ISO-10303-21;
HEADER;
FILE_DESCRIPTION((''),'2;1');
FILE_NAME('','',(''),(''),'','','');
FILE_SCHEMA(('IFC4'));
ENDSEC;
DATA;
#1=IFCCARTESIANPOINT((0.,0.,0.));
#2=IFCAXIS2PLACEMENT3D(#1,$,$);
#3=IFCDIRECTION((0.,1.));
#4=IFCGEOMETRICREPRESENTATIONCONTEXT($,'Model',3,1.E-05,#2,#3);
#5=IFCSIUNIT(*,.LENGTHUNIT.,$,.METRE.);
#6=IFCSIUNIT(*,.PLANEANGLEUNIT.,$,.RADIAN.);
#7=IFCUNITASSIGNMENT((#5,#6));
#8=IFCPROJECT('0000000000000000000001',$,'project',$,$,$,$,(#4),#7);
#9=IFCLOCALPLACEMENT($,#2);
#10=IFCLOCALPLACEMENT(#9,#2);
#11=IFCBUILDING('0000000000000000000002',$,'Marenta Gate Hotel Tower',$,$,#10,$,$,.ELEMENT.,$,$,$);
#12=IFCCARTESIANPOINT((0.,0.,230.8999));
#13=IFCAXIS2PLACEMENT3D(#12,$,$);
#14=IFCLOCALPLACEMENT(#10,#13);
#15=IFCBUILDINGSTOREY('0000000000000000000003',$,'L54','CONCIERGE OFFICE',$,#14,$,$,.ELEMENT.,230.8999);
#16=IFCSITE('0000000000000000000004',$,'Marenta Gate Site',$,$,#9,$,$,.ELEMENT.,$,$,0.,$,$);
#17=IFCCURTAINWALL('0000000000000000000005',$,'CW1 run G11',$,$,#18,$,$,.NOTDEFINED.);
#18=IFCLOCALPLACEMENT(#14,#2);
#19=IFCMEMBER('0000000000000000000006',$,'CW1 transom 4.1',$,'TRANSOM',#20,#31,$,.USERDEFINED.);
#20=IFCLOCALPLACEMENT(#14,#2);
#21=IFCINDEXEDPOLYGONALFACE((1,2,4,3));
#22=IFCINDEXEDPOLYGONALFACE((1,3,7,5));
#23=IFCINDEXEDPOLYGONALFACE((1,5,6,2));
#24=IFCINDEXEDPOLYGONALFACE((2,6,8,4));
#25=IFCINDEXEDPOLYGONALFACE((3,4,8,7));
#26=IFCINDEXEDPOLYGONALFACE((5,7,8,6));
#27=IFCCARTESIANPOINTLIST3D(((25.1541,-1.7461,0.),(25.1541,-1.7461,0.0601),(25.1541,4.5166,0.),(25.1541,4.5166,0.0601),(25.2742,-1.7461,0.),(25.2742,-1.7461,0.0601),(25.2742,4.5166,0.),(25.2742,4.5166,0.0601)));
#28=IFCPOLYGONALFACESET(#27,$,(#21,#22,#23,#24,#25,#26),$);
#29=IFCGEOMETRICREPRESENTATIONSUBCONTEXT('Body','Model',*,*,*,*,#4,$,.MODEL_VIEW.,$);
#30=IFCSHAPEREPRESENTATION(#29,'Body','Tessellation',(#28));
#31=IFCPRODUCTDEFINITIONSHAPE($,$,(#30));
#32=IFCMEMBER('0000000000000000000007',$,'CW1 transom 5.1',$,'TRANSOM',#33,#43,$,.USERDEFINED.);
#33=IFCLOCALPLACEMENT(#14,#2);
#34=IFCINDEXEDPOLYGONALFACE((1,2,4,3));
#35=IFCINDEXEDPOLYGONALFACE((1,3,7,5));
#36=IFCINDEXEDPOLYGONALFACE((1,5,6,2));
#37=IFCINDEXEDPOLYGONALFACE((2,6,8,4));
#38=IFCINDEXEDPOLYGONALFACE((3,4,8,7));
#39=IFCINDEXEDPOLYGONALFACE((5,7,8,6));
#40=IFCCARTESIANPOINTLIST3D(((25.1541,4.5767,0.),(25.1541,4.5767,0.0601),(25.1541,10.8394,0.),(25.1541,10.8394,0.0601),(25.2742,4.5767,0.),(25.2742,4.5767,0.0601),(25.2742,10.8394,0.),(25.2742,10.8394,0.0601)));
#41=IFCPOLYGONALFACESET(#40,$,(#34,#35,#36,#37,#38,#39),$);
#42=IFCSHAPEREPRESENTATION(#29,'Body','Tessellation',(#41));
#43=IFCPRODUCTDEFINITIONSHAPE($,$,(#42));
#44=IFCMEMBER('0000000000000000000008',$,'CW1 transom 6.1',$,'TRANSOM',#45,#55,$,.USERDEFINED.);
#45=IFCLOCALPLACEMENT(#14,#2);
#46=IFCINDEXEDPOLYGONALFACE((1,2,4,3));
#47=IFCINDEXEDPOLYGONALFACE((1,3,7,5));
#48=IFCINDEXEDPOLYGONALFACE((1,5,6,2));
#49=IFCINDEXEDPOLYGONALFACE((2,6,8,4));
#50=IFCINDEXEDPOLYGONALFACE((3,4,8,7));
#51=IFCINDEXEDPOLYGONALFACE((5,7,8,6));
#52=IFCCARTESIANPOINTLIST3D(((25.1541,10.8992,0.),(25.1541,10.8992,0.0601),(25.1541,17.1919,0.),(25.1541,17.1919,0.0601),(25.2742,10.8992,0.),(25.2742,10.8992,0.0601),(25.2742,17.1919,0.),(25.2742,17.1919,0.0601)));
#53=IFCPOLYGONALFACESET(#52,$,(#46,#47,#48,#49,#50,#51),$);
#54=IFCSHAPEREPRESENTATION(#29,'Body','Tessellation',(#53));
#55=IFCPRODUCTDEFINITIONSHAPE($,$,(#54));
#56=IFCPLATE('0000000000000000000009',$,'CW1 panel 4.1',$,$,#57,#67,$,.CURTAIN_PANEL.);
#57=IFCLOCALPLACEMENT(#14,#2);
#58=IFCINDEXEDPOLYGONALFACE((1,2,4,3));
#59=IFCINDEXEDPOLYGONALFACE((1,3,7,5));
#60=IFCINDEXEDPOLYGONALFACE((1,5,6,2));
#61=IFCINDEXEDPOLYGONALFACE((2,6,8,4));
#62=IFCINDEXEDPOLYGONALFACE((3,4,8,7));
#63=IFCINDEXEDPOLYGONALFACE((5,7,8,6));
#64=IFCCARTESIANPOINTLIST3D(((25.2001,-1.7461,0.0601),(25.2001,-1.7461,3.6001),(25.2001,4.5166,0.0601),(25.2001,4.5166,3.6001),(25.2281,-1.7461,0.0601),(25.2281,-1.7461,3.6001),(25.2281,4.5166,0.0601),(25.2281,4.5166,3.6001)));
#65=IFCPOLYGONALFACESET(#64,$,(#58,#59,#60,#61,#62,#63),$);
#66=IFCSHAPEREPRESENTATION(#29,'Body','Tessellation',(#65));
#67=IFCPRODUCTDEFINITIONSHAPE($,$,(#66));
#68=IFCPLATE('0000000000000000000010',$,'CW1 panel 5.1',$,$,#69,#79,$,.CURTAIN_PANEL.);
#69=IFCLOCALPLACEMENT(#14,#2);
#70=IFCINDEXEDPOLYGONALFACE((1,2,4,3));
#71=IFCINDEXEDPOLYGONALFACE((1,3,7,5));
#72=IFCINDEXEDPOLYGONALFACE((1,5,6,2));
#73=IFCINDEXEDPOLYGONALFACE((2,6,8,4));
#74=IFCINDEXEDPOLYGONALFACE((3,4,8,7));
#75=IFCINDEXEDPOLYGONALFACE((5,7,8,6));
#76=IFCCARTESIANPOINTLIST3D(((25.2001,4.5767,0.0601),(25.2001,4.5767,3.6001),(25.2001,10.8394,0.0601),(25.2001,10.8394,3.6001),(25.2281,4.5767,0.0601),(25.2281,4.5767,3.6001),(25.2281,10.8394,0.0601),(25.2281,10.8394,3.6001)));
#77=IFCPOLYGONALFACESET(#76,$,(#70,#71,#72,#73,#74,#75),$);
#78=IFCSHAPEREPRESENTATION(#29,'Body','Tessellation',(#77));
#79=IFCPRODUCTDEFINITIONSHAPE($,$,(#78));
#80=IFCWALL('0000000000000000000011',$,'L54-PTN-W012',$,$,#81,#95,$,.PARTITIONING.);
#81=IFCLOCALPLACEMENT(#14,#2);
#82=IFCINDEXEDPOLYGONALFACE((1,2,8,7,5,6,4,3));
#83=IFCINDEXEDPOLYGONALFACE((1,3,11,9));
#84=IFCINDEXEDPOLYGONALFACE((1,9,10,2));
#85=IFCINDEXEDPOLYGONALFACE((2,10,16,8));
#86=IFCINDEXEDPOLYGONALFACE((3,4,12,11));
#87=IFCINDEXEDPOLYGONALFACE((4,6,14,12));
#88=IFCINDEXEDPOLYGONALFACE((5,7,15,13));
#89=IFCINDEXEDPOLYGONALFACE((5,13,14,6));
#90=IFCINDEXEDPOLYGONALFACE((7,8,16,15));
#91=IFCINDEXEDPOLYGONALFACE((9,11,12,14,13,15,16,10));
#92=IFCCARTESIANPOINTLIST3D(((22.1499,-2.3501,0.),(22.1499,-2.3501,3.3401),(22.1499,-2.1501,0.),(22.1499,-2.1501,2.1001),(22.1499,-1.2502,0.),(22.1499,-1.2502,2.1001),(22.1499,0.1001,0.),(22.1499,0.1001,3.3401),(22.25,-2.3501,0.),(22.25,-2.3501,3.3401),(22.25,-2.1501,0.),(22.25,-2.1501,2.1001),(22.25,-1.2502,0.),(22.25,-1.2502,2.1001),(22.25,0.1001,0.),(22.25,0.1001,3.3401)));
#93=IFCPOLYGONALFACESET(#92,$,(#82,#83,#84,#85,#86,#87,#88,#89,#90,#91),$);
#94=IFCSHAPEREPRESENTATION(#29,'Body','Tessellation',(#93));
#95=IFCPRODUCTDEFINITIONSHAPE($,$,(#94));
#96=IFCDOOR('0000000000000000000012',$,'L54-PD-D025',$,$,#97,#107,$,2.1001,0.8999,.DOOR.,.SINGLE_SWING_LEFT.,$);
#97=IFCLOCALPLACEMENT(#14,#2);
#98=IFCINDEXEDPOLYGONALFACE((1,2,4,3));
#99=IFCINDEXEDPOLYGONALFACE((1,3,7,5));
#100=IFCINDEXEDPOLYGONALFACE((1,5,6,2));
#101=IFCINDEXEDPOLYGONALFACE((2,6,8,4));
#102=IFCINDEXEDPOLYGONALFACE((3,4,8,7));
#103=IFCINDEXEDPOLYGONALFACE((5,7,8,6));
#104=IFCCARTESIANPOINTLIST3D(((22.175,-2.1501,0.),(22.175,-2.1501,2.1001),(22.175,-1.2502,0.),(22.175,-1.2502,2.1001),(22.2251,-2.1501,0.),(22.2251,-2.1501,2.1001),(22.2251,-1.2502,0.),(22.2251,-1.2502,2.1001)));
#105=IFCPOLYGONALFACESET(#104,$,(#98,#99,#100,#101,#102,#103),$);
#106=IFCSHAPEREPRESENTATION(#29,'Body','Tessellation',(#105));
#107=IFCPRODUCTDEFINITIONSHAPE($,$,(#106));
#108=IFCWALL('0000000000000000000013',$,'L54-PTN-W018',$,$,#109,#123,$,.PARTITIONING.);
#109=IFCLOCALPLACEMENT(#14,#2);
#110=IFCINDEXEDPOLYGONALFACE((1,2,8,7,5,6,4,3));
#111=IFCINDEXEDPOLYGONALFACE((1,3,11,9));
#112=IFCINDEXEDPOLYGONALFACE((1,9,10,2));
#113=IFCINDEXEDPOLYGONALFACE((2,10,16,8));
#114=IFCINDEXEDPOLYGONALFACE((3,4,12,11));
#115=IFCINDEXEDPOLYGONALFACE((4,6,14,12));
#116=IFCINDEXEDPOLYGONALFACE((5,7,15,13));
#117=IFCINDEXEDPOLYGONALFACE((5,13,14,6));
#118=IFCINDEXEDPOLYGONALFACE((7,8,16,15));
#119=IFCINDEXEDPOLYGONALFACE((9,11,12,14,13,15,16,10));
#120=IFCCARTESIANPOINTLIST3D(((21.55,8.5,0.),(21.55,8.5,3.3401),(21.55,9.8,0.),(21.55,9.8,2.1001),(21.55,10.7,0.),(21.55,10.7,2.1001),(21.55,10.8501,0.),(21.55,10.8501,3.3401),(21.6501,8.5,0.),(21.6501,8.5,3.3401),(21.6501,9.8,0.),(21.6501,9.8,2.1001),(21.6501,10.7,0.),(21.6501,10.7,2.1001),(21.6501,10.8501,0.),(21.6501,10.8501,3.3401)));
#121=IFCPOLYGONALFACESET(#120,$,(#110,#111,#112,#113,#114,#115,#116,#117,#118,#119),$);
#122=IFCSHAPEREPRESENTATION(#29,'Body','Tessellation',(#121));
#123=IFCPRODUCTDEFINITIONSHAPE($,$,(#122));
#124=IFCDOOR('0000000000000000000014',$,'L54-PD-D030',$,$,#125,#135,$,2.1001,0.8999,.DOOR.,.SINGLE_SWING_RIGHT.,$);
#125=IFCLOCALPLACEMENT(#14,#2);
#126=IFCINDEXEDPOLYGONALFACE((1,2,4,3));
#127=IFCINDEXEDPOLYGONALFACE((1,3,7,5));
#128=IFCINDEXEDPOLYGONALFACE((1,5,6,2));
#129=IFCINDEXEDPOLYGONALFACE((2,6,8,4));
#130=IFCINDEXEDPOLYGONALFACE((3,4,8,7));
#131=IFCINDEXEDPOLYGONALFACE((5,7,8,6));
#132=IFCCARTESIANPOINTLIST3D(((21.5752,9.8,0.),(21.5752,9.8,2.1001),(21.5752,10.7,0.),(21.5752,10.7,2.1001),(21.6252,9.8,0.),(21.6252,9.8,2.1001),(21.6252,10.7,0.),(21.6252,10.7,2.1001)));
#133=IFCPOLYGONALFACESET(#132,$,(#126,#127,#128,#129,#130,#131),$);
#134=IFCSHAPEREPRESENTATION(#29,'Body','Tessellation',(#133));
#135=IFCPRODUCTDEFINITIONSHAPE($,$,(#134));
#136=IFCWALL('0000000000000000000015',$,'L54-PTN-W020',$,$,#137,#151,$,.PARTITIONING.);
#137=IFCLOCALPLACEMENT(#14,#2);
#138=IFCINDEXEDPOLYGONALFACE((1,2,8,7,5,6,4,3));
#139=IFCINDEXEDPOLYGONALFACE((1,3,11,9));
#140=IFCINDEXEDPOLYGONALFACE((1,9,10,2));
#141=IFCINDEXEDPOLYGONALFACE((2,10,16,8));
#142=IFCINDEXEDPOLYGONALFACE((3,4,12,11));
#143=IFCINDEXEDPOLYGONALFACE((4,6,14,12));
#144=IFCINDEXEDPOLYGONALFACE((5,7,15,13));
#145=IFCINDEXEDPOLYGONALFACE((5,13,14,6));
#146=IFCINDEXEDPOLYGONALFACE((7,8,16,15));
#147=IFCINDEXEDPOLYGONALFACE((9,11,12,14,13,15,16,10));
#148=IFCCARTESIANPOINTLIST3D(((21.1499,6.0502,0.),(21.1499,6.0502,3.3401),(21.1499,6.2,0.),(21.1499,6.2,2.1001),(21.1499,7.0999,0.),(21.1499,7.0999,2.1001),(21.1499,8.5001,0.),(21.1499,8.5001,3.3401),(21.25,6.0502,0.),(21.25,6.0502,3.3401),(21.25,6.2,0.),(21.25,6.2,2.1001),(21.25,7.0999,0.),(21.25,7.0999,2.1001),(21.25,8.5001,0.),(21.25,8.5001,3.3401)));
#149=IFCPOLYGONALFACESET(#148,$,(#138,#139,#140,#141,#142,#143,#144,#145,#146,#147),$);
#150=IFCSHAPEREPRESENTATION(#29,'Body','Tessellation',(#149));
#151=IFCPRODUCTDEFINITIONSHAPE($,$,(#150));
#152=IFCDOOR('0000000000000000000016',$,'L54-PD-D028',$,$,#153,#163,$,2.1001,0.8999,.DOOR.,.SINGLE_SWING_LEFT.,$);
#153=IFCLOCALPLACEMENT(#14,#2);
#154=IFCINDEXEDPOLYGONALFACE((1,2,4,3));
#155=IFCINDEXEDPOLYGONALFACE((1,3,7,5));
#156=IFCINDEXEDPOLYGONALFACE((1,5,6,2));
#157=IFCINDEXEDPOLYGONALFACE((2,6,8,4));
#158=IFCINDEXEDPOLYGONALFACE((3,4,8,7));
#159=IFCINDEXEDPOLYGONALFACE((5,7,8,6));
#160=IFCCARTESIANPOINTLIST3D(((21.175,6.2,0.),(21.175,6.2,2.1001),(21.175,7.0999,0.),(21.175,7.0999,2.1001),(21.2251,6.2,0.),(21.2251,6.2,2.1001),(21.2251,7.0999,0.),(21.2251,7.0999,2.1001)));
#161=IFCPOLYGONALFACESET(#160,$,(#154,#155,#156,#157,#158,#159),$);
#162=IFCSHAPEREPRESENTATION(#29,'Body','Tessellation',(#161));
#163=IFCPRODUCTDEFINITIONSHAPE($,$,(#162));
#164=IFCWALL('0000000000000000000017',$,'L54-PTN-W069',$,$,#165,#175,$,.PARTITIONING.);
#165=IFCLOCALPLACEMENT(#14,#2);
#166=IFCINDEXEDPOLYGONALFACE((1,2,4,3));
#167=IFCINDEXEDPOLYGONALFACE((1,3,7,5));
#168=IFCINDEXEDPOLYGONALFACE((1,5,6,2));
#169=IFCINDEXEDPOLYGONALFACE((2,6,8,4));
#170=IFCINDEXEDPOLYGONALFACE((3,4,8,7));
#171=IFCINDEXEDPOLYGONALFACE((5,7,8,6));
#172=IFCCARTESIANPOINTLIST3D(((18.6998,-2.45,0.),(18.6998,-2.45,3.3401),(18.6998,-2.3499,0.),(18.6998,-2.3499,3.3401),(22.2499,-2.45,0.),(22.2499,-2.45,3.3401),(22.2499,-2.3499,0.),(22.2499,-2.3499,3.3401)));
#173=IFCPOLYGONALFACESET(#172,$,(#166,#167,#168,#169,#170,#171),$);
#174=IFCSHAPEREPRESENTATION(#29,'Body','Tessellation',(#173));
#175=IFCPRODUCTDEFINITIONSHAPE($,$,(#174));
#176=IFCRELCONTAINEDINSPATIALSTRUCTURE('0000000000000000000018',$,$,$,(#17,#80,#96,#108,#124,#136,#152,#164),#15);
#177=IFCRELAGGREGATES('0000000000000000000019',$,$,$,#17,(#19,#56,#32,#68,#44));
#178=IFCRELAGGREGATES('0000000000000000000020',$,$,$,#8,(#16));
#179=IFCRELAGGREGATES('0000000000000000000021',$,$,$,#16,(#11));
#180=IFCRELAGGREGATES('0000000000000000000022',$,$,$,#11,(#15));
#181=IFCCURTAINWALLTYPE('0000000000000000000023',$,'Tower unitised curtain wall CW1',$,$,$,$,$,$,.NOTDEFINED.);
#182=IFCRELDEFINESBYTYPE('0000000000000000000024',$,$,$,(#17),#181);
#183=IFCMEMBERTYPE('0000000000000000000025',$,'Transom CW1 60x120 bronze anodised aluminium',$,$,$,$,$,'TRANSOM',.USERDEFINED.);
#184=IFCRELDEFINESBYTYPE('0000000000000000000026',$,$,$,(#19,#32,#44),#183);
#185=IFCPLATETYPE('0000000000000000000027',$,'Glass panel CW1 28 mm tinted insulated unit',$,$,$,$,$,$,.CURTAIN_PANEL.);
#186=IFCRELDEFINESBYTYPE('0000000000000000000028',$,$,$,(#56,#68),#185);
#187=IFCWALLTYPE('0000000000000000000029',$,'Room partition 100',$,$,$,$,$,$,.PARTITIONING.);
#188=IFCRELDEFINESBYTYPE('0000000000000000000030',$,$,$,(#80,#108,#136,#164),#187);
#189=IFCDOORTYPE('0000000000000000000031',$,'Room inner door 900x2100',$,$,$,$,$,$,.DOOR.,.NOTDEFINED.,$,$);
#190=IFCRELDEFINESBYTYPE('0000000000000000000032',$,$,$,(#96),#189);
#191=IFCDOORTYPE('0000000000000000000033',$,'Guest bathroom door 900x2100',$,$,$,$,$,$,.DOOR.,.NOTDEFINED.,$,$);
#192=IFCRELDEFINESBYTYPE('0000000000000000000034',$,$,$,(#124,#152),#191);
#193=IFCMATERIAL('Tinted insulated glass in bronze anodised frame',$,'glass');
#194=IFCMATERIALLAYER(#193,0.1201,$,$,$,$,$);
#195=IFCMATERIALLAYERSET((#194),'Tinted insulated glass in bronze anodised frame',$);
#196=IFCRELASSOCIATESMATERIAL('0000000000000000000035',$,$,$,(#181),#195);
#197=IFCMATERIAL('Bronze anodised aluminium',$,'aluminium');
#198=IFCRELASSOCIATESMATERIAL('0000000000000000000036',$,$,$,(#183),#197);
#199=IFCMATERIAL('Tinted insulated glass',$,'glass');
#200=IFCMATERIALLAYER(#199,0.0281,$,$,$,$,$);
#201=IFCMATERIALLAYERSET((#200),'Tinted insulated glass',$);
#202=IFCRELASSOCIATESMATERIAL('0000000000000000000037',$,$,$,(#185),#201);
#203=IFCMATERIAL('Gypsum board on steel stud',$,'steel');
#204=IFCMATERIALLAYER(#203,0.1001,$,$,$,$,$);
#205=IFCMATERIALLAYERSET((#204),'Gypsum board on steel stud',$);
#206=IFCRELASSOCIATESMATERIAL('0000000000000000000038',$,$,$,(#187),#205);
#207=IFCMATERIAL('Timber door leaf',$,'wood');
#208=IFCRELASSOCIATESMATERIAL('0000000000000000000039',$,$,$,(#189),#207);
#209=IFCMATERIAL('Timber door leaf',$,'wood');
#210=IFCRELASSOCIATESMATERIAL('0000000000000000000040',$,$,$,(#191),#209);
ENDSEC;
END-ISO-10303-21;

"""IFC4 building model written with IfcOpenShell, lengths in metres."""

from ifc_helpers import new_model, si_unit, direction, frame, frame_2d, origin, origin_2d, place, context, subcontext, project, spatial, rectangle, extrude, material, layer, layer_set, material_profile, profile_set, type_object, element, fill, aggregate, save


model = new_model("IFC4")

# Units and contexts
model_context = context("Model", 3, precision=1e-05, world=origin(), true_north=direction((0.0, 1.0)))
body_context = subcontext(model_context, "Body", "Model", "MODEL_VIEW")
ifc_project = project(units=[si_unit("LENGTHUNIT", "METRE"), si_unit("PLANEANGLEUNIT", "RADIAN")], contexts=[model_context])

# Site, building, storey
site_placement = place(None, origin())
site = spatial("IfcSite", under=ifc_project, at=site_placement, Name="Marenta Gate Site", CompositionType="ELEMENT", RefElevation=0.0)
building_placement = place(site_placement, origin())
building = spatial("IfcBuilding", under=site, at=building_placement, Name="Marenta Gate Hotel Tower", CompositionType="ELEMENT")
storey_placement = place(building_placement, frame((0.0, 0.0, 230.8999)))
storey = spatial("IfcBuildingStorey", under=building, at=storey_placement, Name="L54", Description="CONCIERGE OFFICE", CompositionType="ELEMENT", Elevation=230.8999)

# Curtain wall, members, plates
ifc_material_1 = material(Name="Tinted insulated glass in bronze anodised frame", Category="glass")
ifc_layer_1 = layer(ifc_material_1, 0.1201)
ifc_layer_set_1 = layer_set([ifc_layer_1], Name="Tinted insulated glass in bronze anodised frame")
curtain_wall_type = type_object("IfcCurtainWallType", Name="Tower unitised curtain wall CW1", PredefinedType="NOTDEFINED", material=ifc_layer_set_1)
curtain_wall_placement = place(storey_placement, origin())
curtain_wall = element("IfcCurtainWall", 1, at=curtain_wall_placement, inside=storey, type_object=curtain_wall_type, Name="CW1 run G11", PredefinedType="NOTDEFINED")
ifc_material_2 = material(Name="Bronze anodised aluminium", Category="aluminium")
ifc_material_profile_1 = material_profile(ifc_material_2, rectangle(XDim=0.1201, YDim=0.0601, at=origin_2d()), Name="Transom CW1 60x120 bronze anodised aluminium")
ifc_profile_set_1 = profile_set([ifc_material_profile_1], Name="Bronze anodised aluminium")
member_type_1 = type_object("IfcMemberType", Name="Transom CW1 60x120 bronze anodised aluminium", ElementType="TRANSOM", PredefinedType="USERDEFINED", material=ifc_profile_set_1)
member_1_placement = place(storey_placement, frame((25.2141, -1.7461, 0.03), z_axis=(0.0, 1.0, 0.0), x_axis=(-1.0, 0.0, 0.0)))
member_1 = element("IfcMember", 2, at=member_1_placement, type_object=member_type_1, Name="CW1 transom 4.1", ObjectType="TRANSOM", PredefinedType="USERDEFINED", context=body_context, shape_type="SweptSolid", body=[
    extrude(rectangle(XDim=0.1201, YDim=0.0601, at=origin_2d()), origin(), (0.0, 0.0, 1.0), 6.2627),
])
member_2_placement = place(storey_placement, frame((25.2141, 4.5767, 0.03), z_axis=(0.0, 1.0, 0.0), x_axis=(-1.0, 0.0, 0.0)))
member_2 = element("IfcMember", 3, at=member_2_placement, type_object=member_type_1, Name="CW1 transom 5.1", ObjectType="TRANSOM", PredefinedType="USERDEFINED", context=body_context, shape_type="SweptSolid", body=[
    extrude(rectangle(XDim=0.1201, YDim=0.0601, at=origin_2d()), origin(), (0.0, 0.0, 1.0), 6.2627),
])
member_3_placement = place(storey_placement, frame((25.2141, 10.8992, 0.03), z_axis=(0.0, 1.0, 0.0), x_axis=(-1.0, 0.0, 0.0)))
member_3 = element("IfcMember", 4, at=member_3_placement, type_object=member_type_1, Name="CW1 transom 6.1", ObjectType="TRANSOM", PredefinedType="USERDEFINED", context=body_context, shape_type="SweptSolid", body=[
    extrude(rectangle(XDim=0.1201, YDim=0.0601, at=origin_2d()), origin(), (0.0, 0.0, 1.0), 6.2927),
])
ifc_material_3 = material(Name="Tinted insulated glass", Category="glass")
ifc_layer_2 = layer(ifc_material_3, 0.0281)
ifc_layer_set_2 = layer_set([ifc_layer_2], Name="Tinted insulated glass")
plate_type = type_object("IfcPlateType", Name="Glass panel CW1 28 mm tinted insulated unit", PredefinedType="CURTAIN_PANEL", material=ifc_layer_set_2)
plate_1_placement = place(storey_placement, frame((25.2141, 1.3853, 0.0601), z_axis=(0.0, 0.0, 1.0), x_axis=(0.0, 1.0, 0.0)))
plate_1 = element("IfcPlate", 5, at=plate_1_placement, type_object=plate_type, Name="CW1 panel 4.1", PredefinedType="CURTAIN_PANEL", context=body_context, shape_type="SweptSolid", body=[
    extrude(rectangle(XDim=6.2627, YDim=0.0281, at=origin_2d()), origin(), (0.0, 0.0, 1.0), 3.54),
])
plate_2_placement = place(storey_placement, frame((25.2141, 7.708, 0.0601), z_axis=(0.0, 0.0, 1.0), x_axis=(0.0, 1.0, 0.0)))
plate_2 = element("IfcPlate", 6, at=plate_2_placement, type_object=plate_type, Name="CW1 panel 5.1", PredefinedType="CURTAIN_PANEL", context=body_context, shape_type="SweptSolid", body=[
    extrude(rectangle(XDim=6.2627, YDim=0.0281, at=origin_2d()), origin(), (0.0, 0.0, 1.0), 3.54),
])
aggregate(curtain_wall, [member_1, plate_1, member_2, plate_2, member_3])

# Walls, openings, doors
ifc_material_4 = material(Name="Gypsum board on steel stud", Category="steel")
ifc_layer_3 = layer(ifc_material_4, 0.1001)
ifc_layer_set_3 = layer_set([ifc_layer_3], Name="Gypsum board on steel stud")
wall_type_1 = type_object("IfcWallType", Name="Room partition 100", PredefinedType="PARTITIONING", material=ifc_layer_set_3)
wall_1_placement = place(storey_placement, frame((22.2, -2.3501, 0.0), z_axis=(0.0, 0.0, 1.0), x_axis=(0.0, 1.0, 0.0)))
wall_1 = element("IfcWall", 7, at=wall_1_placement, inside=storey, type_object=wall_type_1, Name="L54-PTN-W012", PredefinedType="PARTITIONING", context=body_context, shape_type="SweptSolid", body=[
    extrude(rectangle(XDim=2.4502, YDim=0.1001, at=frame_2d((1.2251, 0.0))), origin(), (0.0, 0.0, 1.0), 3.3401),
])
opening_1_placement = place(wall_1_placement, frame((0.2, 0.0, 0.0)))
opening_1 = element("IfcOpeningElement", 8, at=opening_1_placement, cuts=wall_1, PredefinedType="OPENING", context=body_context, shape_type="SweptSolid", body=[
    extrude(rectangle(XDim=0.8999, YDim=2.1001, at=frame_2d((0.45, 1.05))), frame((0.0, 0.05, 0.0), z_axis=(0.0, -1.0, 0.0), x_axis=(1.0, 0.0, 0.0)), (0.0, 0.0, 1.0), 0.1001),
])
ifc_material_5 = material(Name="Timber door leaf", Category="wood")
door_type_1 = type_object("IfcDoorType", Name="Room inner door 900x2100", OperationType="NOTDEFINED", PredefinedType="DOOR", material=ifc_material_5)
door_1_placement = place(opening_1_placement, origin())
door_1 = element("IfcDoor", 9, at=door_1_placement, inside=storey, type_object=door_type_1, Name="L54-PD-D025", OperationType="SINGLE_SWING_LEFT", OverallHeight=2.1001, OverallWidth=0.8999, PredefinedType="DOOR", context=body_context, shape_type="SweptSolid", body=[
    extrude(rectangle(XDim=0.8999, YDim=2.1001, at=frame_2d((0.45, 1.05))), frame((0.0, 0.0249, 0.0), z_axis=(0.0, -1.0, 0.0), x_axis=(1.0, 0.0, 0.0)), (0.0, 0.0, 1.0), 0.05),
])
fill(opening_1, door_1)
wall_2_placement = place(storey_placement, frame((21.6001, 8.5, 0.0), z_axis=(0.0, 0.0, 1.0), x_axis=(0.0, 1.0, 0.0)))
wall_2 = element("IfcWall", 10, at=wall_2_placement, inside=storey, type_object=wall_type_1, Name="L54-PTN-W018", PredefinedType="PARTITIONING", context=body_context, shape_type="SweptSolid", body=[
    extrude(rectangle(XDim=2.3501, YDim=0.1001, at=frame_2d((1.175, 0.0))), origin(), (0.0, 0.0, 1.0), 3.3401),
])
opening_2_placement = place(wall_2_placement, frame((1.3, 0.0, 0.0)))
opening_2 = element("IfcOpeningElement", 11, at=opening_2_placement, cuts=wall_2, PredefinedType="OPENING", context=body_context, shape_type="SweptSolid", body=[
    extrude(rectangle(XDim=0.8999, YDim=2.1001, at=frame_2d((0.45, 1.05))), frame((0.0, 0.05, 0.0), z_axis=(0.0, -1.0, 0.0), x_axis=(1.0, 0.0, 0.0)), (0.0, 0.0, 1.0), 0.1001),
])
ifc_material_6 = material(Name="Timber door leaf", Category="wood")
door_type_2 = type_object("IfcDoorType", Name="Guest bathroom door 900x2100", OperationType="NOTDEFINED", PredefinedType="DOOR", material=ifc_material_6)
door_2_placement = place(opening_2_placement, origin())
door_2 = element("IfcDoor", 12, at=door_2_placement, inside=storey, type_object=door_type_2, Name="L54-PD-D030", OperationType="SINGLE_SWING_RIGHT", OverallHeight=2.1001, OverallWidth=0.8999, PredefinedType="DOOR", context=body_context, shape_type="SweptSolid", body=[
    extrude(rectangle(XDim=0.8999, YDim=2.1001, at=frame_2d((0.45, 1.05))), frame((0.0, 0.0249, 0.0), z_axis=(0.0, -1.0, 0.0), x_axis=(1.0, 0.0, 0.0)), (0.0, 0.0, 1.0), 0.05),
])
fill(opening_2, door_2)
wall_3_placement = place(storey_placement, frame((21.2, 6.05, 0.0), z_axis=(0.0, 0.0, 1.0), x_axis=(0.0, 1.0, 0.0)))
wall_3 = element("IfcWall", 13, at=wall_3_placement, inside=storey, type_object=wall_type_1, Name="L54-PTN-W020", PredefinedType="PARTITIONING", context=body_context, shape_type="SweptSolid", body=[
    extrude(rectangle(XDim=2.45, YDim=0.1001, at=frame_2d((1.2251, 0.0))), origin(), (0.0, 0.0, 1.0), 3.3401),
])
opening_3_placement = place(wall_3_placement, frame((0.1499, 0.0, 0.0)))
opening_3 = element("IfcOpeningElement", 14, at=opening_3_placement, cuts=wall_3, PredefinedType="OPENING", context=body_context, shape_type="SweptSolid", body=[
    extrude(rectangle(XDim=0.8999, YDim=2.1001, at=frame_2d((0.45, 1.05))), frame((0.0, 0.05, 0.0), z_axis=(0.0, -1.0, 0.0), x_axis=(1.0, 0.0, 0.0)), (0.0, 0.0, 1.0), 0.1001),
])
door_3_placement = place(opening_3_placement, origin())
door_3 = element("IfcDoor", 15, at=door_3_placement, inside=storey, type_object=door_type_2, Name="L54-PD-D028", OperationType="SINGLE_SWING_LEFT", OverallHeight=2.1001, OverallWidth=0.8999, PredefinedType="DOOR", context=body_context, shape_type="SweptSolid", body=[
    extrude(rectangle(XDim=0.8999, YDim=2.1001, at=frame_2d((0.45, 1.05))), frame((0.0, 0.0249, 0.0), z_axis=(0.0, -1.0, 0.0), x_axis=(1.0, 0.0, 0.0)), (0.0, 0.0, 1.0), 0.05),
])
fill(opening_3, door_3)

# Wall
wall_4_placement = place(storey_placement, frame((18.7, -2.3999, 0.0), z_axis=(0.0, 0.0, 1.0), x_axis=(1.0, 0.0, 0.0)))
element("IfcWall", 16, at=wall_4_placement, inside=storey, type_object=wall_type_1, Name="L54-PTN-W069", PredefinedType="PARTITIONING", context=body_context, shape_type="SweptSolid", body=[
    extrude(rectangle(XDim=3.55, YDim=0.1001, at=frame_2d((1.7749, 0.0))), origin(), (0.0, 0.0, 1.0), 3.3401),
])

save(model, "model.ifc")
